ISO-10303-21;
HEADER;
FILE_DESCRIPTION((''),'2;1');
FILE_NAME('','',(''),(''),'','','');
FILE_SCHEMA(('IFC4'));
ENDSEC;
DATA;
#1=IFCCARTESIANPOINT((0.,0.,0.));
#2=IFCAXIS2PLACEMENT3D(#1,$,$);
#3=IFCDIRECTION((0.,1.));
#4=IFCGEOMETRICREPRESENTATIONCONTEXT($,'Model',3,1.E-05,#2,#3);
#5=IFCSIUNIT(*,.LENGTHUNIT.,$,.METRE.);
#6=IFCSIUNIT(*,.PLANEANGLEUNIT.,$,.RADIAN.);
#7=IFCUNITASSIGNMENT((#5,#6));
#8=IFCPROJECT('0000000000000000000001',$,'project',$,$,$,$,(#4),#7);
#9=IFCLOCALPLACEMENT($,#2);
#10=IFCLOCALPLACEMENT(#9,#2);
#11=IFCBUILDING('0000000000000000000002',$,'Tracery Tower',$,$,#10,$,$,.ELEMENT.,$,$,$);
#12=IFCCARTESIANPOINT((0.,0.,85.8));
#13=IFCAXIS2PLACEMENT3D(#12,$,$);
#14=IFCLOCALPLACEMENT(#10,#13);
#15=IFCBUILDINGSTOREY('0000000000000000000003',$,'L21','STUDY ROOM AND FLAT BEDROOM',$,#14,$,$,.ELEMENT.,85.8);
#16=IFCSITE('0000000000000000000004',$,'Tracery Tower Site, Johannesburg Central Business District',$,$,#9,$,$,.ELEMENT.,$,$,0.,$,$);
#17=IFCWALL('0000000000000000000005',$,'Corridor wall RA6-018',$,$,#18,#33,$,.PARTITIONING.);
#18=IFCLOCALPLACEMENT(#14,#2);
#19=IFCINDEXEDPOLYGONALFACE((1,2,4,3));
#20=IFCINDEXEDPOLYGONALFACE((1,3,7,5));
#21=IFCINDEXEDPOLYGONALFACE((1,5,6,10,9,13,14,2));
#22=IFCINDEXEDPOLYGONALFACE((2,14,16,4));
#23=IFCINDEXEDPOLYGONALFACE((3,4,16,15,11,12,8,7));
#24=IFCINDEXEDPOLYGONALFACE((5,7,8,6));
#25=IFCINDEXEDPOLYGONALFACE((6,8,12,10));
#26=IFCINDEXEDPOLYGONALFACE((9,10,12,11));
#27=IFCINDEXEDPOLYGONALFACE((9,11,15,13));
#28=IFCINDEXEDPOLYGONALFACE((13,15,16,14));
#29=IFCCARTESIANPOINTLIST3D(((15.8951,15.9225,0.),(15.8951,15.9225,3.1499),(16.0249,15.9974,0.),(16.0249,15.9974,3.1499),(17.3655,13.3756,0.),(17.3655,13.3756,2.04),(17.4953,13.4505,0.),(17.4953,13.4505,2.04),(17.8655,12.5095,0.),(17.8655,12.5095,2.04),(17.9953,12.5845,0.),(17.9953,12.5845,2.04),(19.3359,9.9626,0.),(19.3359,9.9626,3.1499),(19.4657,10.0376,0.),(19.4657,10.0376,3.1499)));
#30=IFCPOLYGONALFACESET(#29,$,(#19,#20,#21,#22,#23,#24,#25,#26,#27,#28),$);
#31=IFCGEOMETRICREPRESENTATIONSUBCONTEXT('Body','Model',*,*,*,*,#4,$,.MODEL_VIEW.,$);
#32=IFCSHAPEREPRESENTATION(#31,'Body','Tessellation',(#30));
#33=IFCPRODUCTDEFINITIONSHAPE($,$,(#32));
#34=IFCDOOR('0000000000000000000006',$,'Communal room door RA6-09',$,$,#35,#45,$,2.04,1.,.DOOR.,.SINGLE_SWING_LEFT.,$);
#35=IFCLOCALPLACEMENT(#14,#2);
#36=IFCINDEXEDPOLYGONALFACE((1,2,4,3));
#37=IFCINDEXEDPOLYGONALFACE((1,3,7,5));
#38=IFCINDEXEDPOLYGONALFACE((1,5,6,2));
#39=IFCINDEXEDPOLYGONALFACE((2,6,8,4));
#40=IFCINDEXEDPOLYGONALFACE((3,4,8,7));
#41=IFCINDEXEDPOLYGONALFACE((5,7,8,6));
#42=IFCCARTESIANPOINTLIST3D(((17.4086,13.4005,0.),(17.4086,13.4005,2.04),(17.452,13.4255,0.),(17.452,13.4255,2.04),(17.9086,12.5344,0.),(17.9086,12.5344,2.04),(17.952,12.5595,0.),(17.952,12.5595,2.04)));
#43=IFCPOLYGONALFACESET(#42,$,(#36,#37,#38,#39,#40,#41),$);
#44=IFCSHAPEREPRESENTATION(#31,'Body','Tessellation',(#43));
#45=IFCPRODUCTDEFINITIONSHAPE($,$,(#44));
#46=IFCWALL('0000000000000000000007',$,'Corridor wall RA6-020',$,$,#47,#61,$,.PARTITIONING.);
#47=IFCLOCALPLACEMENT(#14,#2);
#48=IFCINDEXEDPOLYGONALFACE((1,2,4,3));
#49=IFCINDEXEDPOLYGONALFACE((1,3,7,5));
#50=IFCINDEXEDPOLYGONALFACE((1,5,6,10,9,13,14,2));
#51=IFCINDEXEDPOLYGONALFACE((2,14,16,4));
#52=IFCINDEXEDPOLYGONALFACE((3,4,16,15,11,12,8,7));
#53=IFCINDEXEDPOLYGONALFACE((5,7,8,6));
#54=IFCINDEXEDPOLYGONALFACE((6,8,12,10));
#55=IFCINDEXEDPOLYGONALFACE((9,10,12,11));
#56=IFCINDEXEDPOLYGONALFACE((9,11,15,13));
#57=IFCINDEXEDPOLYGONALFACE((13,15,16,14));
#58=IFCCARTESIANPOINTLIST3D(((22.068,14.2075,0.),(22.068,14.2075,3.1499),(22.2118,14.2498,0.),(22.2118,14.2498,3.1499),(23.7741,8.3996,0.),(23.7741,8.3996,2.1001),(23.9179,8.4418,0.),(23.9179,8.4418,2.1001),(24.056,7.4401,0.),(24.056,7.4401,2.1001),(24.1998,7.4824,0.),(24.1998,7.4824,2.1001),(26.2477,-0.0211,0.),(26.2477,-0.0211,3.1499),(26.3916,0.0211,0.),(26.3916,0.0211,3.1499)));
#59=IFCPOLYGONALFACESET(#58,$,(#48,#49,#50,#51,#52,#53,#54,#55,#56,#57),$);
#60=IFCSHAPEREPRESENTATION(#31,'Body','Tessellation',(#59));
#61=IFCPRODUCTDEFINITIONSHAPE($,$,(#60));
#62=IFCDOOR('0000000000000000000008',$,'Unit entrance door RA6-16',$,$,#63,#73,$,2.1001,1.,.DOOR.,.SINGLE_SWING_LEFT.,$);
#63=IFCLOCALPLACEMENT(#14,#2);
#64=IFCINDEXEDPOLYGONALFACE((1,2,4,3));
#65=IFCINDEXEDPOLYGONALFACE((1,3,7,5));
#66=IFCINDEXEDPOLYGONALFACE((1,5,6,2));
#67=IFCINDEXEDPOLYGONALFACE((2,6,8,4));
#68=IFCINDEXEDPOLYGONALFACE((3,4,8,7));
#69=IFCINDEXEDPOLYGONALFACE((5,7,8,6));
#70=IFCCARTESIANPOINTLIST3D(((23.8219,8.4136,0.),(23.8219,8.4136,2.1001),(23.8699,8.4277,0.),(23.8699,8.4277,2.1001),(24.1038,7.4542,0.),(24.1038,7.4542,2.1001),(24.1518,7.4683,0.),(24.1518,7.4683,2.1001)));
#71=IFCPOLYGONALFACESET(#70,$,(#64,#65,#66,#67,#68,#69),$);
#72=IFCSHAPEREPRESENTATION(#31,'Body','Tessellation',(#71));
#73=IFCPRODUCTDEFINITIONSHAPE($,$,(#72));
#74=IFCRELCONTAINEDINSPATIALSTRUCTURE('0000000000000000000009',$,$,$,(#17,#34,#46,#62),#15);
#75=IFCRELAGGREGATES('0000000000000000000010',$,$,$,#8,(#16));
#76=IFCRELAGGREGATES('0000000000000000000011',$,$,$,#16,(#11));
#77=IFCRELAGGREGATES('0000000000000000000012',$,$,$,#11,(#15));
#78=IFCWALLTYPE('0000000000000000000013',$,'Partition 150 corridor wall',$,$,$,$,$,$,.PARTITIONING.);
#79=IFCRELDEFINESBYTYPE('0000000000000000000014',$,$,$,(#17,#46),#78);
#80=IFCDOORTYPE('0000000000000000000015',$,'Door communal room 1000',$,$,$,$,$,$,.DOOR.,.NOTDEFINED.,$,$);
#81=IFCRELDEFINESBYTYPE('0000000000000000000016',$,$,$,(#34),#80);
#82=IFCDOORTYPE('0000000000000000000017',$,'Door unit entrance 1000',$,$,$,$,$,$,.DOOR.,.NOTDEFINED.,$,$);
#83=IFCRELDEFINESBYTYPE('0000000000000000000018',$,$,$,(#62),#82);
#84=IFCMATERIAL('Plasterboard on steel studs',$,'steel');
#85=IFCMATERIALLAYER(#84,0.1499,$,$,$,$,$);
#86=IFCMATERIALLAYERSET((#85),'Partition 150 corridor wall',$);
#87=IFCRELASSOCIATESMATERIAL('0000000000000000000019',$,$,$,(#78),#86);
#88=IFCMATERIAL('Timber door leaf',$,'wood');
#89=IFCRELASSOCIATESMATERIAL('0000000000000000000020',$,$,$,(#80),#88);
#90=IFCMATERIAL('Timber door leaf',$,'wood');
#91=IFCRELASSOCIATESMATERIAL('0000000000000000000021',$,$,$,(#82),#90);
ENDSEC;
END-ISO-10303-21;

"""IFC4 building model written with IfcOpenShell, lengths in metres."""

from ifc_helpers import new_model, si_unit, direction, frame, frame_2d, origin, place, context, subcontext, project, spatial, rectangle, extrude, material, layer, layer_set, type_object, element, fill, save


model = new_model("IFC4")

# Units and contexts
model_context = context("Model", 3, precision=1e-05, world=origin(), true_north=direction((0.0, 1.0)))
body_context = subcontext(model_context, "Body", "Model", "MODEL_VIEW")
ifc_project = project(units=[si_unit("LENGTHUNIT", "METRE"), si_unit("PLANEANGLEUNIT", "RADIAN")], contexts=[model_context])

# Site, building, storey
site_placement = place(None, origin())
site = spatial("IfcSite", under=ifc_project, at=site_placement, Name="Tracery Tower Site, Johannesburg Central Business District", CompositionType="ELEMENT", RefElevation=0.0)
building_placement = place(site_placement, origin())
building = spatial("IfcBuilding", under=site, at=building_placement, Name="Tracery Tower", CompositionType="ELEMENT")
storey_placement = place(building_placement, frame((0.0, 0.0, 85.8)))
storey = spatial("IfcBuildingStorey", under=building, at=storey_placement, Name="L21", Description="STUDY ROOM AND FLAT BEDROOM", CompositionType="ELEMENT", Elevation=85.8)

# Walls, openings, doors
ifc_material_1 = material(Name="Plasterboard on steel studs", Category="steel")
ifc_layer_1 = layer(ifc_material_1, 0.1499)
ifc_layer_set_1 = layer_set([ifc_layer_1], Name="Partition 150 corridor wall")
wall_type_1 = type_object("IfcWallType", Name="Partition 150 corridor wall", PredefinedType="PARTITIONING", material=ifc_layer_set_1)
wall_1_placement = place(storey_placement, frame((15.96, 15.96, 0.0), z_axis=(0.0, 0.0, 1.0), x_axis=(0.499993, -0.86603, 0.0)))
wall_1 = element("IfcWall", 1, at=wall_1_placement, inside=storey, type_object=wall_type_1, Name="Corridor wall RA6-018", PredefinedType="PARTITIONING", context=body_context, shape_type="SweptSolid", body=[
    extrude(rectangle(XDim=6.8818, YDim=0.1499, at=frame_2d((3.4409, 0.0))), origin(), (0.0, 0.0, 1.0), 3.1499),
])
opening_1_placement = place(wall_1_placement, frame((2.9409, 0.0, 0.0)))
opening_1 = element("IfcOpeningElement", 2, at=opening_1_placement, cuts=wall_1, PredefinedType="OPENING", context=body_context, shape_type="SweptSolid", body=[
    extrude(rectangle(XDim=1.0, YDim=2.04, at=frame_2d((0.5, 1.02))), frame((0.0, 0.075, 0.0), z_axis=(0.0, -1.0, 0.0), x_axis=(1.0, 0.0, 0.0)), (0.0, 0.0, 1.0), 0.1499),
])
ifc_material_2 = material(Name="Timber door leaf", Category="wood")
door_type_1 = type_object("IfcDoorType", Name="Door communal room 1000", OperationType="NOTDEFINED", PredefinedType="DOOR", material=ifc_material_2)
door_1_placement = place(opening_1_placement, origin())
door_1 = element("IfcDoor", 3, at=door_1_placement, inside=storey, type_object=door_type_1, Name="Communal room door RA6-09", OperationType="SINGLE_SWING_LEFT", OverallHeight=2.04, OverallWidth=1.0, PredefinedType="DOOR", context=body_context, shape_type="SweptSolid", body=[
    extrude(rectangle(XDim=1.0, YDim=2.04, at=frame_2d((0.5, 1.02))), frame((0.0, 0.0249, 0.0), z_axis=(0.0, -1.0, 0.0), x_axis=(1.0, 0.0, 0.0)), (0.0, 0.0, 1.0), 0.05),
])
fill(opening_1, door_1)
wall_2_placement = place(storey_placement, frame((22.1399, 14.2288, 0.0), z_axis=(0.0, 0.0, 1.0), x_axis=(0.281845, -0.95946, 0.0)))
wall_2 = element("IfcWall", 4, at=wall_2_placement, inside=storey, type_object=wall_type_1, Name="Corridor wall RA6-020", PredefinedType="PARTITIONING", context=body_context, shape_type="SweptSolid", body=[
    extrude(rectangle(XDim=14.8298, YDim=0.1499, at=frame_2d((7.415, 0.0))), origin(), (0.0, 0.0, 1.0), 3.1499),
])
opening_2_placement = place(wall_2_placement, frame((6.0535, 0.0, 0.0)))
opening_2 = element("IfcOpeningElement", 5, at=opening_2_placement, cuts=wall_2, PredefinedType="OPENING", context=body_context, shape_type="SweptSolid", body=[
    extrude(rectangle(XDim=1.0, YDim=2.1001, at=frame_2d((0.5, 1.05))), frame((0.0, 0.075, 0.0), z_axis=(0.0, -1.0, 0.0), x_axis=(1.0, 0.0, 0.0)), (0.0, 0.0, 1.0), 0.1499),
])
ifc_material_3 = material(Name="Timber door leaf", Category="wood")
door_type_2 = type_object("IfcDoorType", Name="Door unit entrance 1000", OperationType="NOTDEFINED", PredefinedType="DOOR", material=ifc_material_3)
door_2_placement = place(opening_2_placement, origin())
door_2 = element("IfcDoor", 6, at=door_2_placement, inside=storey, type_object=door_type_2, Name="Unit entrance door RA6-16", OperationType="SINGLE_SWING_LEFT", OverallHeight=2.1001, OverallWidth=1.0, PredefinedType="DOOR", context=body_context, shape_type="SweptSolid", body=[
    extrude(rectangle(XDim=1.0, YDim=2.1001, at=frame_2d((0.5, 1.05))), frame((0.0, 0.0249, 0.0), z_axis=(0.0, -1.0, 0.0), x_axis=(1.0, 0.0, 0.0)), (0.0, 0.0, 1.0), 0.05),
])
fill(opening_2, door_2)

save(model, "model.ifc")
